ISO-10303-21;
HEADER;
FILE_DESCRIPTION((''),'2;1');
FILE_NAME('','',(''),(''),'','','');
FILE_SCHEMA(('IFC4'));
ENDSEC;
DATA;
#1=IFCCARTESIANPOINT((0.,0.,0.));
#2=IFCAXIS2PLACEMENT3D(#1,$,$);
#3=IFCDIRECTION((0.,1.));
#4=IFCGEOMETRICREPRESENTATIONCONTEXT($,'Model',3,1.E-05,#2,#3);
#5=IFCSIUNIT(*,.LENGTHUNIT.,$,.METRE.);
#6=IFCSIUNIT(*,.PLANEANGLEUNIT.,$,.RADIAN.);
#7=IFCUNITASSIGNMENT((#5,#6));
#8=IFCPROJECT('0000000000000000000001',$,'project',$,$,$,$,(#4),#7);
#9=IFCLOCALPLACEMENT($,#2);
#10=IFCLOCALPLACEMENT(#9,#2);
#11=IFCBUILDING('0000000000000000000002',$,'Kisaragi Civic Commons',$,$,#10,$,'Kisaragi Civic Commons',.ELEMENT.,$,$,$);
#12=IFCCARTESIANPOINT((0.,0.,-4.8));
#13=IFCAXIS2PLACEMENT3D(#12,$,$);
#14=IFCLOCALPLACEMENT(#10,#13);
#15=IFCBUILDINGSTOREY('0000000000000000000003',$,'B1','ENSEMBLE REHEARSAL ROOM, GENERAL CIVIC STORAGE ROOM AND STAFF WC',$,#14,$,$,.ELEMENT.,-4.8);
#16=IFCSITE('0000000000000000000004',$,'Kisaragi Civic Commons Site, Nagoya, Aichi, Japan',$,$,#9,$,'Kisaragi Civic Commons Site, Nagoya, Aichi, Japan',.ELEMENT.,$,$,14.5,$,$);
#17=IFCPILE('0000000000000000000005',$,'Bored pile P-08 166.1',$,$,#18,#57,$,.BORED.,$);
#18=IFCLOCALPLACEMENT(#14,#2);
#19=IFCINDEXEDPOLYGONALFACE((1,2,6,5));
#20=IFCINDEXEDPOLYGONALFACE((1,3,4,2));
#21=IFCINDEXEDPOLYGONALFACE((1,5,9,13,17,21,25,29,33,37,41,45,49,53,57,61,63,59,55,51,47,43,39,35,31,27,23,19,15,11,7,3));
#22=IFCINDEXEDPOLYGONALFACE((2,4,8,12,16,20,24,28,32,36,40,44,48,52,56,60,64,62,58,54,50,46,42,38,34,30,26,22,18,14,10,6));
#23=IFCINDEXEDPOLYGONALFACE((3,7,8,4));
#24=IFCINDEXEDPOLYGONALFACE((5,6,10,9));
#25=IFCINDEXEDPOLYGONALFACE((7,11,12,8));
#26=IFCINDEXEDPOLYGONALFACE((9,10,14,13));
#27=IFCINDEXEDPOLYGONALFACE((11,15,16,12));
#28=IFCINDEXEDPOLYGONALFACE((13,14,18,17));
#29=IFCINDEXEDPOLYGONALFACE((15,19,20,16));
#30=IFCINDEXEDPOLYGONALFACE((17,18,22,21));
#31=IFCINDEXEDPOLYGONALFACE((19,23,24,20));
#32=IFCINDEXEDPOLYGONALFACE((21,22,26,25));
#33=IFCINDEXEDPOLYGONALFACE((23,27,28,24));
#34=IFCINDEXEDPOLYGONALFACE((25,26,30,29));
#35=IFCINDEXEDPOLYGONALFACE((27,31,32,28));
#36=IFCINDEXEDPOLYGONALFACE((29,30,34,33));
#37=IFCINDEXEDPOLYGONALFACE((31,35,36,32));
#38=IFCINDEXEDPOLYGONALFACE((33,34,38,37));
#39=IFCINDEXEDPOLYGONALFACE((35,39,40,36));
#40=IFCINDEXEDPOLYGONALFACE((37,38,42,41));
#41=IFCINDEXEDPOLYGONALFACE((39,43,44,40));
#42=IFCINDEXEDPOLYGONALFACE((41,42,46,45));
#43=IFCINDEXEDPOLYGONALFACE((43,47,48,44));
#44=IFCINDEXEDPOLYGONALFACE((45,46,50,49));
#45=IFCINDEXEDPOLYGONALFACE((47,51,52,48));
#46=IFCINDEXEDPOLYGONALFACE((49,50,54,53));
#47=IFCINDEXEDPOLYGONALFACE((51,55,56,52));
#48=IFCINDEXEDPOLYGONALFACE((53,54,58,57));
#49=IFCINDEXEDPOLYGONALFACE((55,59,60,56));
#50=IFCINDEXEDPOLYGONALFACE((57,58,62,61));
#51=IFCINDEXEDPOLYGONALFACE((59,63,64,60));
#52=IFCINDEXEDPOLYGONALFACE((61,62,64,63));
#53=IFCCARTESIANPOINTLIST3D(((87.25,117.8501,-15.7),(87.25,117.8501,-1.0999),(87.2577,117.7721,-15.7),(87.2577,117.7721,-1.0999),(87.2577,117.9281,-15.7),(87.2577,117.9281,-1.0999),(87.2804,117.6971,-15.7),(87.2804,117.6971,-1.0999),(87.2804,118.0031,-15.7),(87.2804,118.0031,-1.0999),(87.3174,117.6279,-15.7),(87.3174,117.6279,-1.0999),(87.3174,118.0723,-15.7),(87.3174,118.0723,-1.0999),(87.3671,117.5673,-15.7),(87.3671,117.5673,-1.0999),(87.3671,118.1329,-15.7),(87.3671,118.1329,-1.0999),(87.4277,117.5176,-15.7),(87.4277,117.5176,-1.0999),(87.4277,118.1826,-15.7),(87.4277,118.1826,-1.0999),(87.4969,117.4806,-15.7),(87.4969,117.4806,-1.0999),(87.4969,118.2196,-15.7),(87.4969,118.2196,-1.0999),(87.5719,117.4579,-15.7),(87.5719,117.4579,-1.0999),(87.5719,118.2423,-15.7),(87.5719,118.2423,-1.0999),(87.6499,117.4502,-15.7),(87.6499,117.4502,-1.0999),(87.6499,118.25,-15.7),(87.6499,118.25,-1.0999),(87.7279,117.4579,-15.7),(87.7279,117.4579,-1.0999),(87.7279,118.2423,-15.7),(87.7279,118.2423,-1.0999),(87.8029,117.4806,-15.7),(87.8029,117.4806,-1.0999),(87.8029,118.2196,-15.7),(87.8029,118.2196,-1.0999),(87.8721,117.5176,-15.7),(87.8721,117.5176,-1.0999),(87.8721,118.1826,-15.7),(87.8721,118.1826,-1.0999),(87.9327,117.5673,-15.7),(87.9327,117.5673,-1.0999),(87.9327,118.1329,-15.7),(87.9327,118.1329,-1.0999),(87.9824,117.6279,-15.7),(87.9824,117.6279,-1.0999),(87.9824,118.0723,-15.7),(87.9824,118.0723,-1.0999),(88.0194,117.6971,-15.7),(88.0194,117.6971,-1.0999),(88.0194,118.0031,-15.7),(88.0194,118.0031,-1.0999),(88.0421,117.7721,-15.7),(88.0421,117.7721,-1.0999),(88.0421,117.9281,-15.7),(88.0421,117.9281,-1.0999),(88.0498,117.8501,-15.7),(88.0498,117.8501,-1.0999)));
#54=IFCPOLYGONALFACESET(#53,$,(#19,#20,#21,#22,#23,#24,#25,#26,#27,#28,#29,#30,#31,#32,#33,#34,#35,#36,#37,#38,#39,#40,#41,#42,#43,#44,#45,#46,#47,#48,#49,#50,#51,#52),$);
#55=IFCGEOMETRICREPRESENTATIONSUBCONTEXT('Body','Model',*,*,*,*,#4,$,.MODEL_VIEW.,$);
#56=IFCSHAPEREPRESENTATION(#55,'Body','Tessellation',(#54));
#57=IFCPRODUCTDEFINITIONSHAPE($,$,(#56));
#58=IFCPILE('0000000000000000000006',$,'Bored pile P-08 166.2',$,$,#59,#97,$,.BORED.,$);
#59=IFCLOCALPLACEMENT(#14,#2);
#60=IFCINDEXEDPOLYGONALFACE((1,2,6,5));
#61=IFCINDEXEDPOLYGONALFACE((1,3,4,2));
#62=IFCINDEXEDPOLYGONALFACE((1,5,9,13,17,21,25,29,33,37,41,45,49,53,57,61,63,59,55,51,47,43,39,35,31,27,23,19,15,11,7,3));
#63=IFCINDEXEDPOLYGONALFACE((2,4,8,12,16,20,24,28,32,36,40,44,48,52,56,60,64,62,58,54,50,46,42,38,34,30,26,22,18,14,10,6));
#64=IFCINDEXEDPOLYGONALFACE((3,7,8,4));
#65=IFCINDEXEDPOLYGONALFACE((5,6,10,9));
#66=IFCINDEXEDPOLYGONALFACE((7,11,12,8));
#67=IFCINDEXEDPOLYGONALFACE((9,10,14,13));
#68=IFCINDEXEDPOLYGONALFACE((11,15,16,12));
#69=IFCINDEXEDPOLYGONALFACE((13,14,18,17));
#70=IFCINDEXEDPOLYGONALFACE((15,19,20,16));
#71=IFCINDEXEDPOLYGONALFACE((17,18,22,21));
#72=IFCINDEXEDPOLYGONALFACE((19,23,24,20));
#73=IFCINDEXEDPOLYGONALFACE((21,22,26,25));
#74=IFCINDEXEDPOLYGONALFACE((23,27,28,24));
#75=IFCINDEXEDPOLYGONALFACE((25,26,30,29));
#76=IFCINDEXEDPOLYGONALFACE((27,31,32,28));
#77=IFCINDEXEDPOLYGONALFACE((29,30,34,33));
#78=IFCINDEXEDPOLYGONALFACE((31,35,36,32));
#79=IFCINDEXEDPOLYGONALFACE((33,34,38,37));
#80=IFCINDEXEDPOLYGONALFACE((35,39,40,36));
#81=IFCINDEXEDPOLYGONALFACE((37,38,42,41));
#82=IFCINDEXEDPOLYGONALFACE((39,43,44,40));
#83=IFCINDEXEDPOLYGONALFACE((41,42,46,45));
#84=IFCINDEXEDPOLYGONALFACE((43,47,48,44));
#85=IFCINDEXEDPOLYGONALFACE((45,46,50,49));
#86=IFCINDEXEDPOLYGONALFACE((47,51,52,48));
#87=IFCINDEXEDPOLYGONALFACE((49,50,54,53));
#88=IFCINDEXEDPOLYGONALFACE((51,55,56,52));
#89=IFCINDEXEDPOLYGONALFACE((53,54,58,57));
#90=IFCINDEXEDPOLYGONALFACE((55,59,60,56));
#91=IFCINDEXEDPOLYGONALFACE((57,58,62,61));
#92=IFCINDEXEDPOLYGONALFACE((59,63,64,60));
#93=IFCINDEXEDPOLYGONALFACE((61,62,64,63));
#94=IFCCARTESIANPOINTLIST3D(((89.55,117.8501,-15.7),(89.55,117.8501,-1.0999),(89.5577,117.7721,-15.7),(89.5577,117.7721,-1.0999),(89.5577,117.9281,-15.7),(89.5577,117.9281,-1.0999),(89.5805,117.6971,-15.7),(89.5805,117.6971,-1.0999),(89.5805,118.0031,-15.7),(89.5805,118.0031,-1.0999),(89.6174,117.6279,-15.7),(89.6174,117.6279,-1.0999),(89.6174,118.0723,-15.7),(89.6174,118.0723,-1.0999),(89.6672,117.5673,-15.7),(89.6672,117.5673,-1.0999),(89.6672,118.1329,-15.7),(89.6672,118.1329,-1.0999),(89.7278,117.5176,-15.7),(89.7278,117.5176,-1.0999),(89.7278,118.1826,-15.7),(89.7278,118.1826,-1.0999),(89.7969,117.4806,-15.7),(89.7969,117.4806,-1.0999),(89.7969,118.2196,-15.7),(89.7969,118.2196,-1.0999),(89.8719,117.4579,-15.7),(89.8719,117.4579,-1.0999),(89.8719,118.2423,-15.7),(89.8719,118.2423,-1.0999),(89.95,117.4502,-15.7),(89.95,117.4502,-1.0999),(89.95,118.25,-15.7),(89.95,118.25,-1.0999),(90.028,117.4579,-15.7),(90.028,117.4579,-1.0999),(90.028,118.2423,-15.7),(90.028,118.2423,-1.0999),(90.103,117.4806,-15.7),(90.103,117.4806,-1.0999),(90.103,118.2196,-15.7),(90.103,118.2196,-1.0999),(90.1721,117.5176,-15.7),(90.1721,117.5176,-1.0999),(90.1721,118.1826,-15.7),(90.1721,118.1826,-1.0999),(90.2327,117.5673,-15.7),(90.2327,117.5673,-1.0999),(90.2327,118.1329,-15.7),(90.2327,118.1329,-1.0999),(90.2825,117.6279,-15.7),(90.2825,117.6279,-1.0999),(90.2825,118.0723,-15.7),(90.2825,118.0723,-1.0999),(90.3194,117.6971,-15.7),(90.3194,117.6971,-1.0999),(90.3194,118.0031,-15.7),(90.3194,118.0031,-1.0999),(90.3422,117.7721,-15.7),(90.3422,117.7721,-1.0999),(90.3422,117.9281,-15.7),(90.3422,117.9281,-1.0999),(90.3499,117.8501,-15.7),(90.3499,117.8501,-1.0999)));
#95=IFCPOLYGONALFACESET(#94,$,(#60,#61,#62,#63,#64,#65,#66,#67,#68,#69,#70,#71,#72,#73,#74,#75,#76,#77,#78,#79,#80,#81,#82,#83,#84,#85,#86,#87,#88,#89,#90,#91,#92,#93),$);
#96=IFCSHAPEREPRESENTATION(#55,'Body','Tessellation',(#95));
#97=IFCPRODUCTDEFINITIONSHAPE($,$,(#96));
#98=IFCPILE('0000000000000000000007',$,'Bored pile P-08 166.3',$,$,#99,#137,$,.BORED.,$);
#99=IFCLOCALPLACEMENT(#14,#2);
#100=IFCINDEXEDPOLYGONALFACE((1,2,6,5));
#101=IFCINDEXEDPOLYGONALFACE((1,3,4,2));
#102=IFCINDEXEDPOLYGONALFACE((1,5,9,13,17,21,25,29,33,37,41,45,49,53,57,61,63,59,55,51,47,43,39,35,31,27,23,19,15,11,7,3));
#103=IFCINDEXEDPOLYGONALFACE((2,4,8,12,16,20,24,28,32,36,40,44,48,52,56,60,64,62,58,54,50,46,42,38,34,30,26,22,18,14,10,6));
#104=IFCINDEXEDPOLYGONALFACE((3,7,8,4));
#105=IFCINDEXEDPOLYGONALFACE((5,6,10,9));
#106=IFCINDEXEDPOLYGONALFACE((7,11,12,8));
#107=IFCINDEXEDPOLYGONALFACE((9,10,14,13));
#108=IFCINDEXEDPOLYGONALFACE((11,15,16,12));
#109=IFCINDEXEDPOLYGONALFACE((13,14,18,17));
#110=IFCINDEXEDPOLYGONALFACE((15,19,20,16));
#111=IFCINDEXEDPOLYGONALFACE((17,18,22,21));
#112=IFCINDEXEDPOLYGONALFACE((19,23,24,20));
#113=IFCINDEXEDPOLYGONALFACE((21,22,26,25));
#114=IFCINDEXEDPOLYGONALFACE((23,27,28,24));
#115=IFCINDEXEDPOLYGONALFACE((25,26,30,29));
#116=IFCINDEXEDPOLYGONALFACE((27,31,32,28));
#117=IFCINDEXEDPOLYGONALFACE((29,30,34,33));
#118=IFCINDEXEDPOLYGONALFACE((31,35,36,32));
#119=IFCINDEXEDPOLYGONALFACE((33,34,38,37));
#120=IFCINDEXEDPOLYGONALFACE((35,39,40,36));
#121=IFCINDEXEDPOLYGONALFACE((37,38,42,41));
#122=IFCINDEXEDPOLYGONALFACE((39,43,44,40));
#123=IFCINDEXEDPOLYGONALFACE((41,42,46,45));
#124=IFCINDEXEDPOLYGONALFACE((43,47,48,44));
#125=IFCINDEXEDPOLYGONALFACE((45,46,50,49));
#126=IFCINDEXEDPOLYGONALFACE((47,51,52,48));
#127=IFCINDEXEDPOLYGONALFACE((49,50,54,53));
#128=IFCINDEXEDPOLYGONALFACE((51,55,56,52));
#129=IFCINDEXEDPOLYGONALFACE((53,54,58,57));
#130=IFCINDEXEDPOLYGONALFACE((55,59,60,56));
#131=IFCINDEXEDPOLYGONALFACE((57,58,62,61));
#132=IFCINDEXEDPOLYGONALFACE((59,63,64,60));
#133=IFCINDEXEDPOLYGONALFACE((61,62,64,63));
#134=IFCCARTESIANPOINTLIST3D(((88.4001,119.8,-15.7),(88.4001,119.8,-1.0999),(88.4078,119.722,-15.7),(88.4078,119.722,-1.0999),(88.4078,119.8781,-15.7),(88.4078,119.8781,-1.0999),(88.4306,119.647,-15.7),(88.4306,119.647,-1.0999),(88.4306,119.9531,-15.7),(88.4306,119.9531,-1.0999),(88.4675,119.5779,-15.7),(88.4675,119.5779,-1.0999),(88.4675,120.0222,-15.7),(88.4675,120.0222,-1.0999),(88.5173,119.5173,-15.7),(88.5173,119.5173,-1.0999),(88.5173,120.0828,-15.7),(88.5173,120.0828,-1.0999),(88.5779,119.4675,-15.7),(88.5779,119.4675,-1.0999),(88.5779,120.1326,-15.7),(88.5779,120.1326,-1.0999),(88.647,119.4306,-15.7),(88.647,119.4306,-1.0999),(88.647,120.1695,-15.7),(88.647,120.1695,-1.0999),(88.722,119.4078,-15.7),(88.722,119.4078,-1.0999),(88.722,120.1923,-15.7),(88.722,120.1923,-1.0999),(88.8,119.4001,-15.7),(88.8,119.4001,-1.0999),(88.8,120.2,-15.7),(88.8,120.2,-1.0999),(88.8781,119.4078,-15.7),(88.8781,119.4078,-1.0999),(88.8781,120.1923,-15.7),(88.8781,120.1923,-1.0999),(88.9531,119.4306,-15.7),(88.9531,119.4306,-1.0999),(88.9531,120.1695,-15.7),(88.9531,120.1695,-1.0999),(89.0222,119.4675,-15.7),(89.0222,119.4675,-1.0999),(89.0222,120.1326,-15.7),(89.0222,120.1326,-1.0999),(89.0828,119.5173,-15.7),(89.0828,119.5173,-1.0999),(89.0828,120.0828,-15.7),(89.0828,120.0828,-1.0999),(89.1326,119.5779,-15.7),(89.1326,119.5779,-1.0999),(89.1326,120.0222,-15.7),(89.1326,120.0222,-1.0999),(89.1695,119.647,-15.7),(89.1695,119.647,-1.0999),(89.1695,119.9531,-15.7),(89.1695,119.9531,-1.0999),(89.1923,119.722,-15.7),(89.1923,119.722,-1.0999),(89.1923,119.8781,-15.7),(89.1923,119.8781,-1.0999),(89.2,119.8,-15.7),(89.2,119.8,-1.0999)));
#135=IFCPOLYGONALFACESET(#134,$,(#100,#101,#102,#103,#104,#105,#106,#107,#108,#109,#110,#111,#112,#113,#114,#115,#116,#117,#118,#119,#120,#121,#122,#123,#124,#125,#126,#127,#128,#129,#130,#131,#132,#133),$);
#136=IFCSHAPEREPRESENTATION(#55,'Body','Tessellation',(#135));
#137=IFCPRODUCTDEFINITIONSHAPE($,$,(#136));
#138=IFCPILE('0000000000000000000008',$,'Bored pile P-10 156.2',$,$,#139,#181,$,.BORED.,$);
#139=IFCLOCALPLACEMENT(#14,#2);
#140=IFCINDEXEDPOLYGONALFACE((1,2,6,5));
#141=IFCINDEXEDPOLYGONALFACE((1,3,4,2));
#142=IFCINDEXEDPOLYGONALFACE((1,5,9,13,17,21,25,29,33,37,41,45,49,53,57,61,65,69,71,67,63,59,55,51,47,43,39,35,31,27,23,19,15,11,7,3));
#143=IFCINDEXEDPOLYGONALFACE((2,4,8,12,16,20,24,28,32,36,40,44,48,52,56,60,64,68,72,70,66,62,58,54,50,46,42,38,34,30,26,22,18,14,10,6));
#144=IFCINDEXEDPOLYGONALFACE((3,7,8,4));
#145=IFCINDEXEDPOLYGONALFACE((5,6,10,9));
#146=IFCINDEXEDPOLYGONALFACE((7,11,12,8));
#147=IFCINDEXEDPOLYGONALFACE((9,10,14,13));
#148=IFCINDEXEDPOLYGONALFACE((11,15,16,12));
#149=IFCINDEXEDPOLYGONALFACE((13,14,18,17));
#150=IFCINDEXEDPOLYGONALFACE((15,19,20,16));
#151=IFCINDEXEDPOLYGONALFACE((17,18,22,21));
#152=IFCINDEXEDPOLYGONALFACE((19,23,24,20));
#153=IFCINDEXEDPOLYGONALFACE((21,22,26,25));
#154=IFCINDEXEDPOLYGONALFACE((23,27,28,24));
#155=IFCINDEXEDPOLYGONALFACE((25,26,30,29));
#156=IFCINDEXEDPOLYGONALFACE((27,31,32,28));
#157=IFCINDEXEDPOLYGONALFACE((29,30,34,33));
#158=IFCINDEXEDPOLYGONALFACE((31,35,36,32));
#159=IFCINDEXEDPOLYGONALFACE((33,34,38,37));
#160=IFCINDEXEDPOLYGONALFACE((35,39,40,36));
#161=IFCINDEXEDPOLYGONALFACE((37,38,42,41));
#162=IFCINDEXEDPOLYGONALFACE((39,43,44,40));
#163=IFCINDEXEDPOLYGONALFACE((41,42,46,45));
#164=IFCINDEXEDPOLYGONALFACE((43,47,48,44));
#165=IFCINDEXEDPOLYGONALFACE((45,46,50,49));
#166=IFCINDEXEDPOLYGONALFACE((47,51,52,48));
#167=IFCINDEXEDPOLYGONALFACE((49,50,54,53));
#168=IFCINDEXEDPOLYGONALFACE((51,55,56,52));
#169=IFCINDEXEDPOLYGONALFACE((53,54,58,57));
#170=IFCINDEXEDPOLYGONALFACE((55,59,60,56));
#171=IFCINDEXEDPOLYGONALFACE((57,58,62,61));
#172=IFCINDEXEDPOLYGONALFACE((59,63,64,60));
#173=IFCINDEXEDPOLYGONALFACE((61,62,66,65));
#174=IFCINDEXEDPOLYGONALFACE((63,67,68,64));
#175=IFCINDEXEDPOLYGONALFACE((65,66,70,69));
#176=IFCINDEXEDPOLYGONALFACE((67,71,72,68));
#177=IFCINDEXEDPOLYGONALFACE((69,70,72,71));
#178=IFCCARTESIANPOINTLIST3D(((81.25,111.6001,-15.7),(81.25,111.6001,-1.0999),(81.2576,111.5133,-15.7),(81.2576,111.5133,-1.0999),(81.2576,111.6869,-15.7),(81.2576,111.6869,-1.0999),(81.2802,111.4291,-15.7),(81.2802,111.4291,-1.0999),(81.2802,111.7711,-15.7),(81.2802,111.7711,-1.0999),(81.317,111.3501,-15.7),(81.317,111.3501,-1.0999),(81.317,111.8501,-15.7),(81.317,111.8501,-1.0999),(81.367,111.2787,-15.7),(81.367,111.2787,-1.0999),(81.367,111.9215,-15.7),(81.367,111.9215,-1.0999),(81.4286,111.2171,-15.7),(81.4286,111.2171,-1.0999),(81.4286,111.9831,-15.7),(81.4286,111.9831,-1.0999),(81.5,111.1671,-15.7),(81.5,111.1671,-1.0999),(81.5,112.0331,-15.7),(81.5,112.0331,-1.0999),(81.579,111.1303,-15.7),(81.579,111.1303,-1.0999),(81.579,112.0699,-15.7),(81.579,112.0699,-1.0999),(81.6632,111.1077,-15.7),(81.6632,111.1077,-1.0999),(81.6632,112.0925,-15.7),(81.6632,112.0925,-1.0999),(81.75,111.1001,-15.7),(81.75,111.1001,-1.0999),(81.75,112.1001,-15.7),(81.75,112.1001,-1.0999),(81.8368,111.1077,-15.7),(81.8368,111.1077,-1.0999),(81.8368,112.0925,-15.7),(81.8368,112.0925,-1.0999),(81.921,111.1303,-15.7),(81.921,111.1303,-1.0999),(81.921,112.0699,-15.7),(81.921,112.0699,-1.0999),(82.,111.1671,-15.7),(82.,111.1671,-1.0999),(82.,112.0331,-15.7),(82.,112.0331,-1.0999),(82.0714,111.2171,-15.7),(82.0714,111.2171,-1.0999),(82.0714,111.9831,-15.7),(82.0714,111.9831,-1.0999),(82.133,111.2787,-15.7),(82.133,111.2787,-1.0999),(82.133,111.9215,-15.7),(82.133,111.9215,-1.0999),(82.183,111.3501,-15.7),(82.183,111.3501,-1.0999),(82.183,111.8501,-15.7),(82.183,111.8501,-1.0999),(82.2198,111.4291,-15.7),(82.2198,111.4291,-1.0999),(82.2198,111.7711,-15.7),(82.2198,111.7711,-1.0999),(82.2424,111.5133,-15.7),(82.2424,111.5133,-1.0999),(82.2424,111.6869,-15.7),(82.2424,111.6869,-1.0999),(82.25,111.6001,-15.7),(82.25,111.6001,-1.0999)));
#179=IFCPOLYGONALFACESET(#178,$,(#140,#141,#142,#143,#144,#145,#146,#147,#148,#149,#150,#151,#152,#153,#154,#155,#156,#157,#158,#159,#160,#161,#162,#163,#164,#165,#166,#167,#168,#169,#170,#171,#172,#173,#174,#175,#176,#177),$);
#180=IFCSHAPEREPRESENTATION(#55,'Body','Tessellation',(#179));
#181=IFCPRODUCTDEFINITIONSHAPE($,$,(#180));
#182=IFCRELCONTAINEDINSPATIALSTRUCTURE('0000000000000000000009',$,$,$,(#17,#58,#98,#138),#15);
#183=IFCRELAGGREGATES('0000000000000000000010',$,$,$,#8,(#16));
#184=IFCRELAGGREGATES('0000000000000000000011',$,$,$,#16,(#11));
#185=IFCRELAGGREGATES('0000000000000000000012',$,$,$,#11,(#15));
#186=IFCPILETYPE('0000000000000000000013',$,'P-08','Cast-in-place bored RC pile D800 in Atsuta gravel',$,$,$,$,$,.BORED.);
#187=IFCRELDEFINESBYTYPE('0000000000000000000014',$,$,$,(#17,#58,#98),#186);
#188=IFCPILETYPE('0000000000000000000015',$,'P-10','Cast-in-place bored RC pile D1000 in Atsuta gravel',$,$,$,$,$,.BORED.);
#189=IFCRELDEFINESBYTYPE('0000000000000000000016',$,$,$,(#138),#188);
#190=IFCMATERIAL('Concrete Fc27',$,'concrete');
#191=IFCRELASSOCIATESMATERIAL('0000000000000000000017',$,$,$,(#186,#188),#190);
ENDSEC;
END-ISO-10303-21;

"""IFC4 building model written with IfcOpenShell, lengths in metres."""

from ifc_helpers import new_model, si_unit, direction, frame, origin, origin_2d, place, context, subcontext, project, spatial, circle, extrude, material, material_profile, profile_set, type_object, element, save


model = new_model("IFC4")

# Units and contexts
model_context = context("Model", 3, precision=1e-05, world=origin(), true_north=direction((0.0, 1.0)))
body_context = subcontext(model_context, "Body", "Model", "MODEL_VIEW")
ifc_project = project(units=[si_unit("LENGTHUNIT", "METRE"), si_unit("PLANEANGLEUNIT", "RADIAN")], contexts=[model_context])

# Site, building, storey
site_placement = place(None, origin())
site = spatial("IfcSite", under=ifc_project, at=site_placement, Name="Kisaragi Civic Commons Site, Nagoya, Aichi, Japan", LongName="Kisaragi Civic Commons Site, Nagoya, Aichi, Japan", CompositionType="ELEMENT", RefElevation=14.5)
building_placement = place(site_placement, origin())
building = spatial("IfcBuilding", under=site, at=building_placement, Name="Kisaragi Civic Commons", LongName="Kisaragi Civic Commons", CompositionType="ELEMENT")
storey_placement = place(building_placement, frame((0.0, 0.0, -4.8)))
storey = spatial("IfcBuildingStorey", under=building, at=storey_placement, Name="B1", Description="ENSEMBLE REHEARSAL ROOM, GENERAL CIVIC STORAGE ROOM AND STAFF WC", CompositionType="ELEMENT", Elevation=-4.8)

# Shared definitions
ifc_material_1 = material(Name="Concrete Fc27", Category="concrete")

# Piles
ifc_material_profile_1 = material_profile(ifc_material_1, circle(Radius=0.3999, at=origin_2d()), Name="PILE-D800", Category="concrete")
ifc_profile_set_1 = profile_set([ifc_material_profile_1], Name="Concrete Fc27")
pile_type_1 = type_object("IfcPileType", Name="P-08", Description="Cast-in-place bored RC pile D800 in Atsuta gravel", PredefinedType="BORED", material=ifc_profile_set_1)
for number, where, z_axis, x_axis, name in (
    (1, (87.6499, 117.8501, -1.0999), (0.0, 0.0, -1.0), (1.0, 0.0, 0.0), "Bored pile P-08 166.1"),
    (2, (89.95, 117.8501, -1.0999), (0.0, 0.0, -1.0), (1.0, 0.0, 0.0), "Bored pile P-08 166.2"),
    (3, (88.8, 119.8, -1.0999), (0.0, 0.0, -1.0), (1.0, 0.0, 0.0), "Bored pile P-08 166.3"),
):
    element("IfcPile", number, at=place(storey_placement, frame(where, z_axis=z_axis, x_axis=x_axis)), inside=storey, type_object=pile_type_1, Name=name, PredefinedType="BORED", context=body_context, shape_type="SweptSolid", body=[
        extrude(circle(Radius=0.3999, at=origin_2d()), origin(), (0.0, 0.0, 1.0), 14.6001),
    ])
ifc_material_profile_2 = material_profile(ifc_material_1, circle(Radius=0.5, at=origin_2d()), Name="PILE-D1000", Category="concrete")
ifc_profile_set_2 = profile_set([ifc_material_profile_2], Name="Concrete Fc27")
pile_type_2 = type_object("IfcPileType", Name="P-10", Description="Cast-in-place bored RC pile D1000 in Atsuta gravel", PredefinedType="BORED", material=ifc_profile_set_2)
for number, where, z_axis, x_axis, name in (
    (4, (81.75, 111.6001, -1.0999), (0.0, 0.0, -1.0), (1.0, 0.0, 0.0), "Bored pile P-10 156.2"),
):
    element("IfcPile", number, at=place(storey_placement, frame(where, z_axis=z_axis, x_axis=x_axis)), inside=storey, type_object=pile_type_2, Name=name, PredefinedType="BORED", context=body_context, shape_type="SweptSolid", body=[
        extrude(circle(Radius=0.5, at=origin_2d()), origin(), (0.0, 0.0, 1.0), 14.6001),
    ])

save(model, "model.ifc")
